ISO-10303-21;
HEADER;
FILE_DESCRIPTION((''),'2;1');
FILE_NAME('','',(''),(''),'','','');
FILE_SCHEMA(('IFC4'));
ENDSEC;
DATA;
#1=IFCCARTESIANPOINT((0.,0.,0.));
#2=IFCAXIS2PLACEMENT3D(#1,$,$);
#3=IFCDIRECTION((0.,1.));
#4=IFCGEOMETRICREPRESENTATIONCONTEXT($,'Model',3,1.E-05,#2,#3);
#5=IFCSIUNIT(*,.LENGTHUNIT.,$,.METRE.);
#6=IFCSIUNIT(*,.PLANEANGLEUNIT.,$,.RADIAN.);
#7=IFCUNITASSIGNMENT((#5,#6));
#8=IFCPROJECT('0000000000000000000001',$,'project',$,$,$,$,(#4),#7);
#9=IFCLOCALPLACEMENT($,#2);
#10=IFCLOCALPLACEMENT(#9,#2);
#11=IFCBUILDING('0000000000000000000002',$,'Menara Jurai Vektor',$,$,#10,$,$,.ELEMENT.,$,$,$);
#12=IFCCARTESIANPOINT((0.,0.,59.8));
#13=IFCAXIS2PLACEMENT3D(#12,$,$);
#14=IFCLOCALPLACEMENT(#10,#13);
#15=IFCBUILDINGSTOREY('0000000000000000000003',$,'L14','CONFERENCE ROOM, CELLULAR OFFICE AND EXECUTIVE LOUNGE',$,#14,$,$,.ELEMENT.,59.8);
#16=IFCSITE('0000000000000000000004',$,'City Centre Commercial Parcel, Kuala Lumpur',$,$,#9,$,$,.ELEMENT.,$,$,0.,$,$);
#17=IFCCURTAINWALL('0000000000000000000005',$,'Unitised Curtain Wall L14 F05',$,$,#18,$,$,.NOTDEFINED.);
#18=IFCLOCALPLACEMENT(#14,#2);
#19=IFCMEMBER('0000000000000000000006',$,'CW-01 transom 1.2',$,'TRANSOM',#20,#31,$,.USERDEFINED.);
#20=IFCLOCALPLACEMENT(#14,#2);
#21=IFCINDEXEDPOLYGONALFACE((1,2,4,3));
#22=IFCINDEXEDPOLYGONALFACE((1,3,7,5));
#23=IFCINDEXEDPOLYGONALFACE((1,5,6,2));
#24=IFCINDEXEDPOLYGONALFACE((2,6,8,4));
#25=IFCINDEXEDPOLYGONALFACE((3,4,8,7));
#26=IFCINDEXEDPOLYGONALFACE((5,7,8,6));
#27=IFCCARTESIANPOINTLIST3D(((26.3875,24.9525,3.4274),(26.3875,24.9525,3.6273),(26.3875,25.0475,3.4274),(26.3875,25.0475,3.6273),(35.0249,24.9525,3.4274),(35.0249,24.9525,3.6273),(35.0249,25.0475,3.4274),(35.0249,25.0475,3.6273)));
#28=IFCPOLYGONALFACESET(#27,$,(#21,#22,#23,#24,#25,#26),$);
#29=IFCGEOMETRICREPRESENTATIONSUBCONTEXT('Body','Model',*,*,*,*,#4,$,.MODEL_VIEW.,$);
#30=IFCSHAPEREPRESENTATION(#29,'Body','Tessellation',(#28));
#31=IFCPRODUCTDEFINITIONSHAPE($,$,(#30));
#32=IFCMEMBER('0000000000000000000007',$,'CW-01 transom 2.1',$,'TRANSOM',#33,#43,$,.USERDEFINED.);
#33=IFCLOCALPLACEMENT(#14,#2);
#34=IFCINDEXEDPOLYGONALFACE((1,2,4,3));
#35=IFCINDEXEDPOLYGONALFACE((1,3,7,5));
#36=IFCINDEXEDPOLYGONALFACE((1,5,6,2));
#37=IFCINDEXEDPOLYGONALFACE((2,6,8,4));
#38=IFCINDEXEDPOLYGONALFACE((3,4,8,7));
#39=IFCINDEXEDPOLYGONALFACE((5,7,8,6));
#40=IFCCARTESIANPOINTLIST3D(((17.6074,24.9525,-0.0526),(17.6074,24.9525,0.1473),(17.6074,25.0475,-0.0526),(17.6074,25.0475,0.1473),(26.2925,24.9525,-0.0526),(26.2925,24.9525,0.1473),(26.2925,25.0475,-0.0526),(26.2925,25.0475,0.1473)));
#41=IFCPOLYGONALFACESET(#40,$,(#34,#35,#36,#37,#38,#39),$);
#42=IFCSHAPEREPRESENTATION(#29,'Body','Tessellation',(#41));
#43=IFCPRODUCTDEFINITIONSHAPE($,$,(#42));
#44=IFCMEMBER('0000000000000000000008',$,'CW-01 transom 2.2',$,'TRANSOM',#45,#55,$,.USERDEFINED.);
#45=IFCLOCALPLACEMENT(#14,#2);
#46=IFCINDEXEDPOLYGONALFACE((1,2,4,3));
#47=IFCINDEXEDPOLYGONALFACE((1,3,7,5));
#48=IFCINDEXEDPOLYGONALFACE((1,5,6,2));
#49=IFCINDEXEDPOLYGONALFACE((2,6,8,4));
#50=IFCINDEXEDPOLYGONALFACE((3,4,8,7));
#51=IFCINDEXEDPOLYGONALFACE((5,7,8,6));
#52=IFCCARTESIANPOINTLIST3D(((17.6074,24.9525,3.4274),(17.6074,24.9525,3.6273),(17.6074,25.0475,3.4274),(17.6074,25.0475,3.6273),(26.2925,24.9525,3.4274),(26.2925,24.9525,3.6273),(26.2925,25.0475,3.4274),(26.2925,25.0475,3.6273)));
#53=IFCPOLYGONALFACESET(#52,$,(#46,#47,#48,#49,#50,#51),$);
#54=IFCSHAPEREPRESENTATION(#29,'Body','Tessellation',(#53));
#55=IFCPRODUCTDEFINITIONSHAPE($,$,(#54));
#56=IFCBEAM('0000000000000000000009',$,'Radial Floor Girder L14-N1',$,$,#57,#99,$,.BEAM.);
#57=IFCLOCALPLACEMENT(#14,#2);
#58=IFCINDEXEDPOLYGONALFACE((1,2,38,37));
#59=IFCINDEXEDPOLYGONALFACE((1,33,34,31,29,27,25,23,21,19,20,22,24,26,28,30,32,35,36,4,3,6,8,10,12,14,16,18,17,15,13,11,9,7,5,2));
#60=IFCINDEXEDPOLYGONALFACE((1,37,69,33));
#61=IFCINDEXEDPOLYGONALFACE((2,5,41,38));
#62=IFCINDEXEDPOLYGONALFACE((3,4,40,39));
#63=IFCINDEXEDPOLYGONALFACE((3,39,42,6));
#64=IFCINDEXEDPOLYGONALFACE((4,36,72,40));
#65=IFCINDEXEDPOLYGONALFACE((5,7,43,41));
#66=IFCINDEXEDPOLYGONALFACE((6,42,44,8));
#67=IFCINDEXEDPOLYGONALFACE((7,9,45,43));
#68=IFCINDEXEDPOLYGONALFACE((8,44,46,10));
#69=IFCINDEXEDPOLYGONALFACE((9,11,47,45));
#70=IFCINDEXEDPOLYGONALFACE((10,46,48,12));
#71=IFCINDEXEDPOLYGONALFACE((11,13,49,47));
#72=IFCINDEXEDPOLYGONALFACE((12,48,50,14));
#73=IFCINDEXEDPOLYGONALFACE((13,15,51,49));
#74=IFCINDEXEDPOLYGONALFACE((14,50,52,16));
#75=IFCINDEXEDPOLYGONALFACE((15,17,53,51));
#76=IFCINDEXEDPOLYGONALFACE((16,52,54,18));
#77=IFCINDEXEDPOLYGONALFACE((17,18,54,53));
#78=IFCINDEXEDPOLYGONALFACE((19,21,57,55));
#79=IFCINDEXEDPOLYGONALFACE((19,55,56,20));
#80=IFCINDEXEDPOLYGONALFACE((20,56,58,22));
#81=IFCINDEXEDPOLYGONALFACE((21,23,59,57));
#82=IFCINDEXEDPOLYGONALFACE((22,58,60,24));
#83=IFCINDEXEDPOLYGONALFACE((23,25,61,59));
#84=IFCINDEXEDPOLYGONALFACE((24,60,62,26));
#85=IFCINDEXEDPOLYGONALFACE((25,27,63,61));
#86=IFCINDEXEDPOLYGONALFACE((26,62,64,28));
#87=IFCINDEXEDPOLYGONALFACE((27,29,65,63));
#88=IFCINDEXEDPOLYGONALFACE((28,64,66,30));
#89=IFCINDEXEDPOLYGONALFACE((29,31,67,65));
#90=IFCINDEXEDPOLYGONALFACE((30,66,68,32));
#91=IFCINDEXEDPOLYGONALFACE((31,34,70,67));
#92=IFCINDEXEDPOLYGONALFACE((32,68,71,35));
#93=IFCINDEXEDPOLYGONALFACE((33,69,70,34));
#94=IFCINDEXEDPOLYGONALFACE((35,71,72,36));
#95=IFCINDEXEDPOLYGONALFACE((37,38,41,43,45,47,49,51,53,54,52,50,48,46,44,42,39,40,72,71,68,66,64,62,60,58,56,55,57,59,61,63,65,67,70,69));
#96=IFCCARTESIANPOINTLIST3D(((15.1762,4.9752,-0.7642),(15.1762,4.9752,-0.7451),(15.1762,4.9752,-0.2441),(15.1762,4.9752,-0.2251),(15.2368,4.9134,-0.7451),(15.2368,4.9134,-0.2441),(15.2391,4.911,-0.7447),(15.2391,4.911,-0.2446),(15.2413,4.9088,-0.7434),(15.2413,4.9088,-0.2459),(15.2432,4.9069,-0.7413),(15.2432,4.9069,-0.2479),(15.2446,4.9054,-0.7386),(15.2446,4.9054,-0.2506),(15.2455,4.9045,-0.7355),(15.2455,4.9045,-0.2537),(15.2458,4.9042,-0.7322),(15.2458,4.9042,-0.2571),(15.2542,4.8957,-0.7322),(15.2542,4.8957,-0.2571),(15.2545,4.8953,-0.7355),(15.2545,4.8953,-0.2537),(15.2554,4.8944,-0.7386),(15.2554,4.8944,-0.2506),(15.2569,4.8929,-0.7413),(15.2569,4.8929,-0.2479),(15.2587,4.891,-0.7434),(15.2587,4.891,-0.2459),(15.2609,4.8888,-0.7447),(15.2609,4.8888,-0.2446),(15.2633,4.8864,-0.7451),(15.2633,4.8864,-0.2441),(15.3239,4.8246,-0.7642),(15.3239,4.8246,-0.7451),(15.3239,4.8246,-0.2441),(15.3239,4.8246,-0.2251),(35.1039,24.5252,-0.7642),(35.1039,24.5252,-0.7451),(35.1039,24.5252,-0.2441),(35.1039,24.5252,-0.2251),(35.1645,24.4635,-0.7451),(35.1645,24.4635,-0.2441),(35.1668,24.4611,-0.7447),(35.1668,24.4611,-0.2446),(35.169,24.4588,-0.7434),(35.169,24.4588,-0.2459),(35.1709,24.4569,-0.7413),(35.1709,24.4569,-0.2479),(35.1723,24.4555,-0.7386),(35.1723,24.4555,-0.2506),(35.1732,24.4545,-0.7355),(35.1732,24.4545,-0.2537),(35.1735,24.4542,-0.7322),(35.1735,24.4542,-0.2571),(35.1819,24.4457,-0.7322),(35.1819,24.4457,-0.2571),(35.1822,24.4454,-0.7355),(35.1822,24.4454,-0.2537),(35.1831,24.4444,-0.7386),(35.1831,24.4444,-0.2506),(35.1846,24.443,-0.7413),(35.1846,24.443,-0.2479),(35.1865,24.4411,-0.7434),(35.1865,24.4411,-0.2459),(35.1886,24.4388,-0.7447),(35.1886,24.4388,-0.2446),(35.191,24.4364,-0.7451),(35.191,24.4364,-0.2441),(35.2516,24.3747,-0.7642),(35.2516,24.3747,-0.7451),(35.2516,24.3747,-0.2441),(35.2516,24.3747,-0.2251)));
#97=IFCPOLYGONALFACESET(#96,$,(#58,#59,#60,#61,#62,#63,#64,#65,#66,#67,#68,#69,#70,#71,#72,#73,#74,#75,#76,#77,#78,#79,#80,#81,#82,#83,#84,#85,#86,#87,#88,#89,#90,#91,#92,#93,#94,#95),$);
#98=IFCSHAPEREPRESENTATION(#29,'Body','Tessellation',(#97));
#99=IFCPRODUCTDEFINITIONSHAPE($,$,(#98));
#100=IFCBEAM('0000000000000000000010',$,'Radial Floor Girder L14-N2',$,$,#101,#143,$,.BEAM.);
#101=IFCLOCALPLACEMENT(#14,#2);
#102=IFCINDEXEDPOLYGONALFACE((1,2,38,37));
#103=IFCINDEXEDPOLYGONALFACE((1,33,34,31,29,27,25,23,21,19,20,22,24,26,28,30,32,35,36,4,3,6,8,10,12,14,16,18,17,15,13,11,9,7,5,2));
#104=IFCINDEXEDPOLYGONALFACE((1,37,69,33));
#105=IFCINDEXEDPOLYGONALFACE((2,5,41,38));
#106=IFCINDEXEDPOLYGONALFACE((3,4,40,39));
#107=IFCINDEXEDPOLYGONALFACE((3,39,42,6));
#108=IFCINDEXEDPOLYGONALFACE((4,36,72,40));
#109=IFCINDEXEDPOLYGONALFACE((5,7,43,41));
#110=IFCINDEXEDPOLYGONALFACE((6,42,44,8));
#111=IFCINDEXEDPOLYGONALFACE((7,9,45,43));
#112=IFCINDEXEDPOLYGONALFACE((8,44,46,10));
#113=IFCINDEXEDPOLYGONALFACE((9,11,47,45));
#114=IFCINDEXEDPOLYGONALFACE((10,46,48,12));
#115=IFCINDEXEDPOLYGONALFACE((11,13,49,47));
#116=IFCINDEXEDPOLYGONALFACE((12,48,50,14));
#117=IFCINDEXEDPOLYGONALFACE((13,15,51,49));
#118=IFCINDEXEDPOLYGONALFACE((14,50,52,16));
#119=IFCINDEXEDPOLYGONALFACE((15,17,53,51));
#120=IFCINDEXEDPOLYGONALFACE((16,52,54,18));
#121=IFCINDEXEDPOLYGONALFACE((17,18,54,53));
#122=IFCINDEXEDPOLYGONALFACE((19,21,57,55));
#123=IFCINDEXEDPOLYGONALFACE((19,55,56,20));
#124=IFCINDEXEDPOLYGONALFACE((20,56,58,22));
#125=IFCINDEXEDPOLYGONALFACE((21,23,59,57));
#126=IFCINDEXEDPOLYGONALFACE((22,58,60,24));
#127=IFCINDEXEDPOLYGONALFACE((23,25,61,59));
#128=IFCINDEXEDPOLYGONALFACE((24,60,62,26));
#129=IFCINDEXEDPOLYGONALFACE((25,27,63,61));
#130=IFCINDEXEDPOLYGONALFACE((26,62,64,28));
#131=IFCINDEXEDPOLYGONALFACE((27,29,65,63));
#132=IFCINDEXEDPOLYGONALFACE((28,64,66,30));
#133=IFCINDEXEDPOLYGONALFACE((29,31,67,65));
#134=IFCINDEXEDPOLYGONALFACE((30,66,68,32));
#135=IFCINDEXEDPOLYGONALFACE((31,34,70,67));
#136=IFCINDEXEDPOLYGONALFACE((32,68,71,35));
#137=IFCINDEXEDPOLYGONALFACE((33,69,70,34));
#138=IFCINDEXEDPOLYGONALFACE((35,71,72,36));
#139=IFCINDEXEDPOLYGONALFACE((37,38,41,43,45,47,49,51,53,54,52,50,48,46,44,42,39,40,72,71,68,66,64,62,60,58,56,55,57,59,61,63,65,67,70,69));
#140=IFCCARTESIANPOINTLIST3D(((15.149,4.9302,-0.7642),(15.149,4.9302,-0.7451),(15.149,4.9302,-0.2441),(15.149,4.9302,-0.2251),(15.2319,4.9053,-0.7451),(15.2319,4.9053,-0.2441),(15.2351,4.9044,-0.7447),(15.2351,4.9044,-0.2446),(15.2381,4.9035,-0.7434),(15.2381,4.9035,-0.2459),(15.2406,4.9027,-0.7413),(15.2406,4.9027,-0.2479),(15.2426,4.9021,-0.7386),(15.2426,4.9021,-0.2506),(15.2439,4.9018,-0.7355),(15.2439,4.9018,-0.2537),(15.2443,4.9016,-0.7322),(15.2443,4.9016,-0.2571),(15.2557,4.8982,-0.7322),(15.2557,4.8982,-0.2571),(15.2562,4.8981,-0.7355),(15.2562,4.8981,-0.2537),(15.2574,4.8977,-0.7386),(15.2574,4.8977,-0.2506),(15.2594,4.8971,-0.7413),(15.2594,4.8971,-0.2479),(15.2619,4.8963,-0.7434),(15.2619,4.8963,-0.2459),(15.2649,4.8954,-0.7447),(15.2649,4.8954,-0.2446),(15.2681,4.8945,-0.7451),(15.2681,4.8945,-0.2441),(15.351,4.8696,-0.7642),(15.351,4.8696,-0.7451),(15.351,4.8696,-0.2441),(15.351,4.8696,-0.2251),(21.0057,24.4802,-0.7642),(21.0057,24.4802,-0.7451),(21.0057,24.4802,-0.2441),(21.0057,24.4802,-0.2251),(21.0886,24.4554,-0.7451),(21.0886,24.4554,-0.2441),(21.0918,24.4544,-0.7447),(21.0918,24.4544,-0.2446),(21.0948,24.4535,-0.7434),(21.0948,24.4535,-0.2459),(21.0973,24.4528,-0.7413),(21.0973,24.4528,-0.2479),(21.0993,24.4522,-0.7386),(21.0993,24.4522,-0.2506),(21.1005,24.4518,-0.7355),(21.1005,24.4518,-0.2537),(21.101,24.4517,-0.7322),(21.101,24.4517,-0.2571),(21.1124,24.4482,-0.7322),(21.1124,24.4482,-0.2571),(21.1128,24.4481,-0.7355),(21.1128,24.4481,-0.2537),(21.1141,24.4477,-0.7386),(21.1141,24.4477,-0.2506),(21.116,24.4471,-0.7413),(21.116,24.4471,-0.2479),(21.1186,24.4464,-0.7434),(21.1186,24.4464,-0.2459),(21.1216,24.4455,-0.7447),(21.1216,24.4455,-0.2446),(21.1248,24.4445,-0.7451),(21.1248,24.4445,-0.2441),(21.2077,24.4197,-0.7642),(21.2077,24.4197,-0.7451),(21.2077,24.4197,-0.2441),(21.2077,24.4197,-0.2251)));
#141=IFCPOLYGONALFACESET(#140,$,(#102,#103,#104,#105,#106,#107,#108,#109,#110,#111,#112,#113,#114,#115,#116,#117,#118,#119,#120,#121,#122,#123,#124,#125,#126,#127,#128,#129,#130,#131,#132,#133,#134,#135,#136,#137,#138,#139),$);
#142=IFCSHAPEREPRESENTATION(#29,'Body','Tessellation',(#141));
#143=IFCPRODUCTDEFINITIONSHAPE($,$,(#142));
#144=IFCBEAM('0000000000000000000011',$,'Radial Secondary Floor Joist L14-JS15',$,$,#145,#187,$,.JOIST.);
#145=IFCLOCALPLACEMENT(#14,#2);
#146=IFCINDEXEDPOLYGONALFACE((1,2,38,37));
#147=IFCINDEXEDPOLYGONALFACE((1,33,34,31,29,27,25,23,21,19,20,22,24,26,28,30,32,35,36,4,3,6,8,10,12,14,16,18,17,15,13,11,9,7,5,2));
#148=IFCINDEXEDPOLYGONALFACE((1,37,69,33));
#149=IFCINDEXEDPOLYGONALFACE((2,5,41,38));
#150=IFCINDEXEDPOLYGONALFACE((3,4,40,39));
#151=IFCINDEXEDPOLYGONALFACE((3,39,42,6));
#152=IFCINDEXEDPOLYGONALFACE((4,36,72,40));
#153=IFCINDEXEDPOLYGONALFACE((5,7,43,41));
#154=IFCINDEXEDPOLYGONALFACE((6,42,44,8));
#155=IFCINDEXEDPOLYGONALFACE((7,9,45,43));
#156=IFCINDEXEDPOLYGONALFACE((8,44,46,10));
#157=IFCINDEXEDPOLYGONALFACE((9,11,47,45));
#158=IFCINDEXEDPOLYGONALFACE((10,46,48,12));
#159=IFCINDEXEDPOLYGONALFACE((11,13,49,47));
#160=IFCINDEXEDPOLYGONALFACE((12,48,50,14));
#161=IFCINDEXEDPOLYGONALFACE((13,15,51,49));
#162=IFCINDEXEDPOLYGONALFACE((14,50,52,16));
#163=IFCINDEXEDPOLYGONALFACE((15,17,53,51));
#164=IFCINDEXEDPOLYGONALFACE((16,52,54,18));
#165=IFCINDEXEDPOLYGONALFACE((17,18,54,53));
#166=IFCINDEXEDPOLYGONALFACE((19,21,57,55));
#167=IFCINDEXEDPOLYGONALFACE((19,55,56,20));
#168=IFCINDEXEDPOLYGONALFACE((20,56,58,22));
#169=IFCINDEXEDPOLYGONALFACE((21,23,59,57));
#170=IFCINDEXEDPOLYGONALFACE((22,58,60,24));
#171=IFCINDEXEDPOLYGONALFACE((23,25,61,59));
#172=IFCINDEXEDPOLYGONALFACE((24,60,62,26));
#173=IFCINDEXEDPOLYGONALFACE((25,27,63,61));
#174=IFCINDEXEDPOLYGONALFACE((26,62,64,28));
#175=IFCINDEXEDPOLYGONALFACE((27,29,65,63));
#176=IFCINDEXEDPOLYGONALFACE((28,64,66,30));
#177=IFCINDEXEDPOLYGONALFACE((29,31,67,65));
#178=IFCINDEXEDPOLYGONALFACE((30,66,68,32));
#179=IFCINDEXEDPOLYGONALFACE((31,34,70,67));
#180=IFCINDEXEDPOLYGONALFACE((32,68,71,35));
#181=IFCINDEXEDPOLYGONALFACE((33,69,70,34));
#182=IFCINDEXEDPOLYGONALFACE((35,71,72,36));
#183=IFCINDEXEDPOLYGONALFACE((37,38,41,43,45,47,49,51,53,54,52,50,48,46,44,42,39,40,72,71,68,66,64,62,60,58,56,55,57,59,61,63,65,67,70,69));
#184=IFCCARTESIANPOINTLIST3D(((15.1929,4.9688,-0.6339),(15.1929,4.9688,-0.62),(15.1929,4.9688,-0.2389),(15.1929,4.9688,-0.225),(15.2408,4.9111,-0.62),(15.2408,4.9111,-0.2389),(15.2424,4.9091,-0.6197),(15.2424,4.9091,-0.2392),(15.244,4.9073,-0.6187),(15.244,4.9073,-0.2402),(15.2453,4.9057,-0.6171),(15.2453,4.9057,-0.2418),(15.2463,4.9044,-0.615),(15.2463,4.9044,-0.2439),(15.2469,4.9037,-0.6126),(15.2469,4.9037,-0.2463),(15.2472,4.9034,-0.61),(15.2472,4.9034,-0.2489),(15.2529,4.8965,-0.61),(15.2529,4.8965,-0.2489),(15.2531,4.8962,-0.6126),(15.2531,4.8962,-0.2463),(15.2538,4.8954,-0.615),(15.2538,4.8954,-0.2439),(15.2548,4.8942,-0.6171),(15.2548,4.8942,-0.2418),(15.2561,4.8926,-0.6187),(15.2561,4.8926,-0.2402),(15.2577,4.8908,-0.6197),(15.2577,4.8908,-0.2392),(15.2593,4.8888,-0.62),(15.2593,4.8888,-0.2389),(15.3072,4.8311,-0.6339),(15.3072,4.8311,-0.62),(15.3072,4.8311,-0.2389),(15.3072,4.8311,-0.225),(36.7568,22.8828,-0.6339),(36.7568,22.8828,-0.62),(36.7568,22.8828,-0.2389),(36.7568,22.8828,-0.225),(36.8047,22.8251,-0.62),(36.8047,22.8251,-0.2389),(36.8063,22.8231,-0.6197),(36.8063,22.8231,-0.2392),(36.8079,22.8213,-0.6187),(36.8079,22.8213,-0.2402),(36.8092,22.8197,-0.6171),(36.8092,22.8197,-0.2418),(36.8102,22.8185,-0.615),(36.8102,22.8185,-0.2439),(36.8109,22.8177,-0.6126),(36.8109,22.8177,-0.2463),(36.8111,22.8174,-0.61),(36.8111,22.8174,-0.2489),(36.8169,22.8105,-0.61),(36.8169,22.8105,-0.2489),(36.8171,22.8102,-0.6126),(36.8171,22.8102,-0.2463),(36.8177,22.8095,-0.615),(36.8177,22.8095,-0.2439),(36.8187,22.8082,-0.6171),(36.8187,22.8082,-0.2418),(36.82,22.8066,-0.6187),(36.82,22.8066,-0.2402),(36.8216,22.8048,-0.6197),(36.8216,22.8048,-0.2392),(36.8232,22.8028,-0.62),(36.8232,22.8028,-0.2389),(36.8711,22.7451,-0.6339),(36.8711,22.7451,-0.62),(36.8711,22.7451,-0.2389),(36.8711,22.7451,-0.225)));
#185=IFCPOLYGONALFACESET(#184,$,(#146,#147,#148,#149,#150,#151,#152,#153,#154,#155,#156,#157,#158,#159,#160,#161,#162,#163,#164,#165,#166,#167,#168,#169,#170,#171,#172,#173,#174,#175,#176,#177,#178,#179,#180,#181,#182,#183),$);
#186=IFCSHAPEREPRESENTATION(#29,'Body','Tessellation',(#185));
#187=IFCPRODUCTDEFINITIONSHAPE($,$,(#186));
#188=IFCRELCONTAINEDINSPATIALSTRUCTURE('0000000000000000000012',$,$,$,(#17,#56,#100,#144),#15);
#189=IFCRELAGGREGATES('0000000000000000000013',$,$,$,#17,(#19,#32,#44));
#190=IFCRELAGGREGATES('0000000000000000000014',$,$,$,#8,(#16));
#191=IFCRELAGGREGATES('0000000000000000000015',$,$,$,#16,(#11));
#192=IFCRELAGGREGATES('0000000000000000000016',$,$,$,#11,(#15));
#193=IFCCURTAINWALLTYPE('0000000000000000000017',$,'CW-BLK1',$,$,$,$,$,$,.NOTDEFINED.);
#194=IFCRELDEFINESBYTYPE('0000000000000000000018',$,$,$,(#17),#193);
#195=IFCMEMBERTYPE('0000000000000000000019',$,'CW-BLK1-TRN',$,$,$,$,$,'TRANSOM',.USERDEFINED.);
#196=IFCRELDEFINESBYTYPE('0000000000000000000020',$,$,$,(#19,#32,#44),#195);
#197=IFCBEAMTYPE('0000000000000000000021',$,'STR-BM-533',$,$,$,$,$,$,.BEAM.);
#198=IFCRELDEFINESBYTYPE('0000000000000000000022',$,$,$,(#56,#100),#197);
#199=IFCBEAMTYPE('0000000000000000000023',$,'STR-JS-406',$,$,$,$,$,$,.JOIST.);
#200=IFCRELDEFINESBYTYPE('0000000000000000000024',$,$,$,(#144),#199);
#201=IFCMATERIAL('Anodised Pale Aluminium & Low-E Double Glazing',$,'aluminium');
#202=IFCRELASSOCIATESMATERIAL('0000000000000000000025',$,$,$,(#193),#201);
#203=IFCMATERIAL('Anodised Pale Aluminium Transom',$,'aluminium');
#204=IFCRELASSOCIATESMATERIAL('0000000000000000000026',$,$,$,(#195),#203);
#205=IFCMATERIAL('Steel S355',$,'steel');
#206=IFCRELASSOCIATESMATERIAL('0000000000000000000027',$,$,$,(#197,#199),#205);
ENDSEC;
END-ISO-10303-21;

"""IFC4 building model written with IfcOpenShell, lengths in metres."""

from ifc_helpers import new_model, si_unit, direction, frame, origin, origin_2d, place, context, subcontext, project, spatial, rectangle, i_section, extrude, material, material_profile, profile_set, type_object, element, aggregate, save


model = new_model("IFC4")

# Units and contexts
model_context = context("Model", 3, precision=1e-05, world=origin(), true_north=direction((0.0, 1.0)))
body_context = subcontext(model_context, "Body", "Model", "MODEL_VIEW")
ifc_project = project(units=[si_unit("LENGTHUNIT", "METRE"), si_unit("PLANEANGLEUNIT", "RADIAN")], contexts=[model_context])

# Site, building, storey
site_placement = place(None, origin())
site = spatial("IfcSite", under=ifc_project, at=site_placement, Name="City Centre Commercial Parcel, Kuala Lumpur", CompositionType="ELEMENT", RefElevation=0.0)
building_placement = place(site_placement, origin())
building = spatial("IfcBuilding", under=site, at=building_placement, Name="Menara Jurai Vektor", CompositionType="ELEMENT")
storey_placement = place(building_placement, frame((0.0, 0.0, 59.8)))
storey = spatial("IfcBuildingStorey", under=building, at=storey_placement, Name="L14", Description="CONFERENCE ROOM, CELLULAR OFFICE AND EXECUTIVE LOUNGE", CompositionType="ELEMENT", Elevation=59.8)

# Curtain wall
ifc_material_1 = material(Name="Anodised Pale Aluminium & Low-E Double Glazing", Category="aluminium")
curtain_wall_type = type_object("IfcCurtainWallType", Name="CW-BLK1", PredefinedType="NOTDEFINED", material=ifc_material_1)
curtain_wall_1_placement = place(storey_placement, origin())
curtain_wall_1 = element("IfcCurtainWall", 1, at=curtain_wall_1_placement, inside=storey, type_object=curtain_wall_type, Name="Unitised Curtain Wall L14 F05", PredefinedType="NOTDEFINED")

# Members
ifc_material_2 = material(Name="Anodised Pale Aluminium Transom", Category="aluminium")
ifc_material_profile_1 = material_profile(ifc_material_2, rectangle(XDim=0.095, YDim=0.2, at=origin_2d()), Name="ALU TRN 95x200")
ifc_profile_set_1 = profile_set([ifc_material_profile_1], Name="Anodised Pale Aluminium Transom")
member_type_1 = type_object("IfcMemberType", Name="CW-BLK1-TRN", ElementType="TRANSOM", PredefinedType="USERDEFINED", material=ifc_profile_set_1)
member_1_placement = place(storey_placement, frame((35.0249, 25.0, 3.5273), z_axis=(-1.0, 0.0, 0.0), x_axis=(0.0, -1.0, 0.0)))
member_1 = element("IfcMember", 2, at=member_1_placement, type_object=member_type_1, Name="CW-01 transom 1.2", ObjectType="TRANSOM", PredefinedType="USERDEFINED", context=body_context, shape_type="SweptSolid", body=[
    extrude(rectangle(XDim=0.095, YDim=0.2, at=origin_2d()), origin(), (0.0, 0.0, 1.0), 8.6375),
])
member_2_placement = place(storey_placement, frame((26.2925, 25.0, 0.0474), z_axis=(-1.0, 0.0, 0.0), x_axis=(0.0, -1.0, 0.0)))
member_2 = element("IfcMember", 3, at=member_2_placement, type_object=member_type_1, Name="CW-01 transom 2.1", ObjectType="TRANSOM", PredefinedType="USERDEFINED", context=body_context, shape_type="SweptSolid", body=[
    extrude(rectangle(XDim=0.095, YDim=0.2, at=origin_2d()), origin(), (0.0, 0.0, 1.0), 8.6851),
])
member_3_placement = place(storey_placement, frame((26.2925, 25.0, 3.5273), z_axis=(-1.0, 0.0, 0.0), x_axis=(0.0, -1.0, 0.0)))
member_3 = element("IfcMember", 4, at=member_3_placement, type_object=member_type_1, Name="CW-01 transom 2.2", ObjectType="TRANSOM", PredefinedType="USERDEFINED", context=body_context, shape_type="SweptSolid", body=[
    extrude(rectangle(XDim=0.095, YDim=0.2, at=origin_2d()), origin(), (0.0, 0.0, 1.0), 8.6851),
])

# Beams
ifc_material_3 = material(Name="Steel S355", Category="steel")
ifc_material_profile_2 = material_profile(ifc_material_3, i_section(OverallWidth=0.2109, OverallDepth=0.5391, WebThickness=0.012, FlangeThickness=0.019, FilletRadius=0.0129, at=origin_2d()), Name="UKB 533x210x109")
ifc_profile_set_2 = profile_set([ifc_material_profile_2], Name="Steel S355")
beam_type_1 = type_object("IfcBeamType", Name="STR-BM-533", PredefinedType="BEAM", material=ifc_profile_set_2)
beam_1_placement = place(storey_placement, frame((35.1777, 24.45, -0.4946), z_axis=(-0.713839, -0.70031, 0.0), x_axis=(0.70031, -0.713839, 0.0)))
element("IfcBeam", 5, at=beam_1_placement, inside=storey, type_object=beam_type_1, Name="Radial Floor Girder L14-N1", PredefinedType="BEAM", context=body_context, shape_type="SweptSolid", body=[
    extrude(i_section(OverallWidth=0.2109, OverallDepth=0.5391, WebThickness=0.012, FlangeThickness=0.019, FilletRadius=0.0129, at=origin_2d()), origin(), (0.0, 0.0, 1.0), 27.9163),
])
beam_2_placement = place(storey_placement, frame((21.1067, 24.45, -0.4946), z_axis=(-0.286974, -0.957938, 0.0), x_axis=(0.957938, -0.286974, 0.0)))
element("IfcBeam", 6, at=beam_2_placement, inside=storey, type_object=beam_type_1, Name="Radial Floor Girder L14-N2", PredefinedType="BEAM", context=body_context, shape_type="SweptSolid", body=[
    extrude(i_section(OverallWidth=0.2109, OverallDepth=0.5391, WebThickness=0.012, FlangeThickness=0.019, FilletRadius=0.0129, at=origin_2d()), origin(), (0.0, 0.0, 1.0), 20.4084),
])
ifc_material_profile_3 = material_profile(ifc_material_3, i_section(OverallWidth=0.179, OverallDepth=0.4089, WebThickness=0.009, FlangeThickness=0.0139, FilletRadius=0.01, at=origin_2d()), Name="UKB 406x178x67")
ifc_profile_set_3 = profile_set([ifc_material_profile_3], Name="Steel S355")
beam_type_2 = type_object("IfcBeamType", Name="STR-JS-406", PredefinedType="JOIST", material=ifc_profile_set_3)
beam_3_placement = place(storey_placement, frame((36.814, 22.814, -0.4294), z_axis=(-0.769201, -0.639007, 0.0), x_axis=(0.639007, -0.769201, 0.0)))
element("IfcBeam", 7, at=beam_3_placement, inside=storey, type_object=beam_type_2, Name="Radial Secondary Floor Joist L14-JS15", PredefinedType="JOIST", context=body_context, shape_type="SweptSolid", body=[
    extrude(i_section(OverallWidth=0.179, OverallDepth=0.4089, WebThickness=0.009, FlangeThickness=0.0139, FilletRadius=0.01, at=origin_2d()), origin(), (0.0, 0.0, 1.0), 28.0342),
])

aggregate(curtain_wall_1, [member_1, member_2, member_3])

save(model, "model.ifc")
